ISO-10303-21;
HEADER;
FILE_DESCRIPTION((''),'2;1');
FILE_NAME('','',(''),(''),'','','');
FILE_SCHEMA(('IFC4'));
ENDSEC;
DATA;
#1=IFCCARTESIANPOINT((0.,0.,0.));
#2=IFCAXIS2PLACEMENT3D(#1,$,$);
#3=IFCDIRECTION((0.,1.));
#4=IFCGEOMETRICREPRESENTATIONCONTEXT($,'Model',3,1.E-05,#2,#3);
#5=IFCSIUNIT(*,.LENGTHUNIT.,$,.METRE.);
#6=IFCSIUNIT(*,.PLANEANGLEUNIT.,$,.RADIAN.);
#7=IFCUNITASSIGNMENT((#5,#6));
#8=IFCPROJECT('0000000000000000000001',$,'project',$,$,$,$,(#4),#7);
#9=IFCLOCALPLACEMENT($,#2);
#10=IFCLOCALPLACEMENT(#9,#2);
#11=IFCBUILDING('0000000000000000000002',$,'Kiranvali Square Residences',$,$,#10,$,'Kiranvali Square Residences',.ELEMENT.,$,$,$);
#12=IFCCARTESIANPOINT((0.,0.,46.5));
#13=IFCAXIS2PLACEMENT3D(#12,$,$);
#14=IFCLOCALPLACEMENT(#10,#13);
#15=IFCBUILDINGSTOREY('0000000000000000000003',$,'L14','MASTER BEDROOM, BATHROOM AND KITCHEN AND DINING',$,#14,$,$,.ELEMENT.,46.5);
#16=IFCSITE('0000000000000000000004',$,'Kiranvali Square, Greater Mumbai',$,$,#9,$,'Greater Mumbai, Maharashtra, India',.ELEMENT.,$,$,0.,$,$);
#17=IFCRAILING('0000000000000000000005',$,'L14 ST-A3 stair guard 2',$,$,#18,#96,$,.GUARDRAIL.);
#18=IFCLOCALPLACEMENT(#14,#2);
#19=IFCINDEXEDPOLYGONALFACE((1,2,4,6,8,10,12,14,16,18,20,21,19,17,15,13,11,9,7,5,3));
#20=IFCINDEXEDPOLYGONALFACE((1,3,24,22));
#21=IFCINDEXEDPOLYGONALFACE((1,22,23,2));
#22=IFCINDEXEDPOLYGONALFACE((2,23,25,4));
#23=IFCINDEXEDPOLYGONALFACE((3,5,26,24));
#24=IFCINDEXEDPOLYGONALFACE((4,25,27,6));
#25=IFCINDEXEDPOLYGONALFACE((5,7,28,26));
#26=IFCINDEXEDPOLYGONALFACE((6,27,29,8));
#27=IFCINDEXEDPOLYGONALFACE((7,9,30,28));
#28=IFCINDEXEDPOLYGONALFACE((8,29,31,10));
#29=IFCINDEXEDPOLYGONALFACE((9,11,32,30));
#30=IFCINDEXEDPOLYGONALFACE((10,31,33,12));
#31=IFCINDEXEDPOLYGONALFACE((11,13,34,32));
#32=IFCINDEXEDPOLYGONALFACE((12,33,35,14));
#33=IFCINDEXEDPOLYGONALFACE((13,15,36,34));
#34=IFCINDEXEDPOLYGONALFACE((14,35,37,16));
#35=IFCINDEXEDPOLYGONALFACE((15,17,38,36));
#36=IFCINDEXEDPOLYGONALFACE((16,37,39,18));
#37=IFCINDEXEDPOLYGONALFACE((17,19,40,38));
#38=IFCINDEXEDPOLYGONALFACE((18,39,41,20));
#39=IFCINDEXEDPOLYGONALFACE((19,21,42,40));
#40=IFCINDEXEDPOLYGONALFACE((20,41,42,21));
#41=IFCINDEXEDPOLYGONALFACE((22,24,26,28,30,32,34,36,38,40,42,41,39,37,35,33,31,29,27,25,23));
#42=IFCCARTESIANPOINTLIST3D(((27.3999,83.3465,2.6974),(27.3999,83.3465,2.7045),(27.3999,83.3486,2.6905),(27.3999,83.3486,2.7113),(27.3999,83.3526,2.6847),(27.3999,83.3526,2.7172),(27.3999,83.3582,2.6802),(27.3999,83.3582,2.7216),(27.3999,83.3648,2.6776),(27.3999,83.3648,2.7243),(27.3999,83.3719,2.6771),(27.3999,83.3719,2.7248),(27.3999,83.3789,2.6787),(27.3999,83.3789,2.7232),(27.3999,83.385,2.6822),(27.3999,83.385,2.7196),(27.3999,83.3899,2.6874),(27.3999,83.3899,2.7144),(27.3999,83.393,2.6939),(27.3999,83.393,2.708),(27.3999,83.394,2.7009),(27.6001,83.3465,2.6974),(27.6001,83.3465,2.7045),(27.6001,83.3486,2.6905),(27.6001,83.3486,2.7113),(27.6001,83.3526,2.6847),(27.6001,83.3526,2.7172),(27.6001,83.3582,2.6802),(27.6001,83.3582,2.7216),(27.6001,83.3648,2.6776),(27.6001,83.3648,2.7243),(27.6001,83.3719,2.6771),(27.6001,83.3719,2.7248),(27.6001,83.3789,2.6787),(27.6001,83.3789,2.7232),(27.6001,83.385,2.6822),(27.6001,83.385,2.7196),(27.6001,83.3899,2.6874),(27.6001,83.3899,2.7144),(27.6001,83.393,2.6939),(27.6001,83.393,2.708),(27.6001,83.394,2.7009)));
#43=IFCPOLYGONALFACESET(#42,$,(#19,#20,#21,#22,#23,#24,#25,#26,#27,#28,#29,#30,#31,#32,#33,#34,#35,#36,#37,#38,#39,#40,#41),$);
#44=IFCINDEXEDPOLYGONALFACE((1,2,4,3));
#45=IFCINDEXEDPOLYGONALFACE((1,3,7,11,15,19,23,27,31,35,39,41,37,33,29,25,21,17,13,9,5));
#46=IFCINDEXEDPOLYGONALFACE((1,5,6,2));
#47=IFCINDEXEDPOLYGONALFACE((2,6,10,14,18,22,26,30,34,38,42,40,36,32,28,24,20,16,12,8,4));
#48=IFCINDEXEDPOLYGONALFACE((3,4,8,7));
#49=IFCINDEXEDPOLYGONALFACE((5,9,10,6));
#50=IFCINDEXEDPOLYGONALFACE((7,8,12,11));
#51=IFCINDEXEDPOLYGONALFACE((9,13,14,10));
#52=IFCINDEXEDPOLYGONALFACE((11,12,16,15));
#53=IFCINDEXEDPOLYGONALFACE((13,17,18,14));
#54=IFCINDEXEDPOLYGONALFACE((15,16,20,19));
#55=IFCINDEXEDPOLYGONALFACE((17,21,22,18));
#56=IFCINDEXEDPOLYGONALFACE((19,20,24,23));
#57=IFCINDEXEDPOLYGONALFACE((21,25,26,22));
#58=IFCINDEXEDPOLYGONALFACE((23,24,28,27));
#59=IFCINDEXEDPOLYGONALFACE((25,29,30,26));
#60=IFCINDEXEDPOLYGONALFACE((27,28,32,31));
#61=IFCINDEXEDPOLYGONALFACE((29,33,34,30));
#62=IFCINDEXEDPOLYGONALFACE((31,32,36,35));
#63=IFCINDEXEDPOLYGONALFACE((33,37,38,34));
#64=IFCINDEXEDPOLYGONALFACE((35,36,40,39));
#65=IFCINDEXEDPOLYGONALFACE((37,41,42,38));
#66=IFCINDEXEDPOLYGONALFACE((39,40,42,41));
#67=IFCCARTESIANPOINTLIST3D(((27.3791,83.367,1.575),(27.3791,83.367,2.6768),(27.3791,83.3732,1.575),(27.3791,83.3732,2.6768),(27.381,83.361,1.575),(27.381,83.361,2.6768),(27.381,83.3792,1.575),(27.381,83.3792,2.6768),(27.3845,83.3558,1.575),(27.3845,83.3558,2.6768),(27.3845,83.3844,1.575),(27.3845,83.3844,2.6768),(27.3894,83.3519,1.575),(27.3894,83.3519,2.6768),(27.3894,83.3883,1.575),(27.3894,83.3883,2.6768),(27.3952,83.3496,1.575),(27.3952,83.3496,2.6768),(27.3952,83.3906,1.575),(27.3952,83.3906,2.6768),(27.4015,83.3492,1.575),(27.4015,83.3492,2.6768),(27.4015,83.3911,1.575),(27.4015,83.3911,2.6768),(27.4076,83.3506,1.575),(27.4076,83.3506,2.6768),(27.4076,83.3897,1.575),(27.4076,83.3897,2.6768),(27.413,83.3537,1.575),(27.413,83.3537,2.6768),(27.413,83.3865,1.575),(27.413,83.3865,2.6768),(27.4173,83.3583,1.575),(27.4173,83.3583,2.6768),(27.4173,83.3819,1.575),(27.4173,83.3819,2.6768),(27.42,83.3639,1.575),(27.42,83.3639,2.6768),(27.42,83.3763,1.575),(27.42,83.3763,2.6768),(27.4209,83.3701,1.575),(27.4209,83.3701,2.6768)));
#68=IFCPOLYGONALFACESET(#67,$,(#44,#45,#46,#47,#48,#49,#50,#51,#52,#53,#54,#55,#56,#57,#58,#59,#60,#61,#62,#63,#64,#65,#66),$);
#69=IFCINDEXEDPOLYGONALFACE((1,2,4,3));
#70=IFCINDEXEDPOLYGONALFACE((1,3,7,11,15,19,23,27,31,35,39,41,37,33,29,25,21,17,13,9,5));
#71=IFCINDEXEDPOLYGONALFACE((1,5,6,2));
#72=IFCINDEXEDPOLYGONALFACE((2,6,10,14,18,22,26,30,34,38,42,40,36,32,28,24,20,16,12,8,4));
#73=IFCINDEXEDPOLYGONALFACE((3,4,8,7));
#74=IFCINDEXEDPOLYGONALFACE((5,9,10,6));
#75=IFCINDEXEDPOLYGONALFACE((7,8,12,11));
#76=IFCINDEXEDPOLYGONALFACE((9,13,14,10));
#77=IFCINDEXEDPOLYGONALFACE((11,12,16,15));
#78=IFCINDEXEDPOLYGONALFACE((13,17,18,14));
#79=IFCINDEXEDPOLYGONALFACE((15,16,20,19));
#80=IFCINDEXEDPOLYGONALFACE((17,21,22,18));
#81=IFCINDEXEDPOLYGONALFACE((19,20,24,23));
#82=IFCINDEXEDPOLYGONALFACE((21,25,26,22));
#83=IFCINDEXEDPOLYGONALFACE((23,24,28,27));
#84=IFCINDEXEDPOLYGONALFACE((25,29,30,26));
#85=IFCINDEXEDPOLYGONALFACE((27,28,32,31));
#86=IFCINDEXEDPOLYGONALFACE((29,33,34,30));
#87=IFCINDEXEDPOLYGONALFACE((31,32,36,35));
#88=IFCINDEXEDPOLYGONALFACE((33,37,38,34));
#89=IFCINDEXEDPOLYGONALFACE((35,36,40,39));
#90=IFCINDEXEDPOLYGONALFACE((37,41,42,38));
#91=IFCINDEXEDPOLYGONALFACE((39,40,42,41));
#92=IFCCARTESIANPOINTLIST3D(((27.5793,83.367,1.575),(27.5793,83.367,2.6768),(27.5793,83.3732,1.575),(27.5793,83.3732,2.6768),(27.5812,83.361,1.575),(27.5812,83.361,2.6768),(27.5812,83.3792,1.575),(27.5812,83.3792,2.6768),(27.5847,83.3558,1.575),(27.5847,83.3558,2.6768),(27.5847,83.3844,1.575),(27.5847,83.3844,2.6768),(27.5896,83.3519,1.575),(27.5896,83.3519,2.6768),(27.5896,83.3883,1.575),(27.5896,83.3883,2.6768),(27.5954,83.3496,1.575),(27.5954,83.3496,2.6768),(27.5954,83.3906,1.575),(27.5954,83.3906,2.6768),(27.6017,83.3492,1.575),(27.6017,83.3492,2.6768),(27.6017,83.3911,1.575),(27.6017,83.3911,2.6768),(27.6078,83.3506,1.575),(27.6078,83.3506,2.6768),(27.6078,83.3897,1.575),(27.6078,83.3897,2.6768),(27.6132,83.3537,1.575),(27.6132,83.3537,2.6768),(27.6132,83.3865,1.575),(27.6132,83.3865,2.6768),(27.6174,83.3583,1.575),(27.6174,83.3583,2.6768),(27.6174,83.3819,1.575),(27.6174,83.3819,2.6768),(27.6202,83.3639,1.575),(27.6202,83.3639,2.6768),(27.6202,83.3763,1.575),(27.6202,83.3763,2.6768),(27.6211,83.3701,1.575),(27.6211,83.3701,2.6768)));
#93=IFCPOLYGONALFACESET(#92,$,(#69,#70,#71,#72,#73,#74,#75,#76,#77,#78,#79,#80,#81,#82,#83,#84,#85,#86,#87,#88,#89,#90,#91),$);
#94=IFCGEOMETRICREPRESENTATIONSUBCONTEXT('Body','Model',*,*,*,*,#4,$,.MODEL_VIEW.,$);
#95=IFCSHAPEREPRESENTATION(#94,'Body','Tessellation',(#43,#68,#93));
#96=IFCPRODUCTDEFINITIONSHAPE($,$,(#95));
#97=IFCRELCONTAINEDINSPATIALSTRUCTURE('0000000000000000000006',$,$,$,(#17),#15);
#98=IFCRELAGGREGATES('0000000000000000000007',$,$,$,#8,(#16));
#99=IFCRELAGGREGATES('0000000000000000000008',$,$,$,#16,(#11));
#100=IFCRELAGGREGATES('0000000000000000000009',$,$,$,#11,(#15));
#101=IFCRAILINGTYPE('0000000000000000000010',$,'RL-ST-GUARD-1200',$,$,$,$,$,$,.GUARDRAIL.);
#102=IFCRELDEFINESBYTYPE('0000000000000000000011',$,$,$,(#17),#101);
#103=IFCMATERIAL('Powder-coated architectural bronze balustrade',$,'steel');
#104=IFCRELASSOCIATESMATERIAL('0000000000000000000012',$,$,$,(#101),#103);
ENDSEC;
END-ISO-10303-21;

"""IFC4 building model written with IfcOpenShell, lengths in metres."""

from ifc_helpers import new_model, si_unit, direction, frame, origin, origin_2d, place, context, subcontext, project, spatial, circle, extrude, material, type_object, element, save


model = new_model("IFC4")

# Units and contexts
model_context = context("Model", 3, precision=1e-05, world=origin(), true_north=direction((0.0, 1.0)))
body_context = subcontext(model_context, "Body", "Model", "MODEL_VIEW")
ifc_project = project(units=[si_unit("LENGTHUNIT", "METRE"), si_unit("PLANEANGLEUNIT", "RADIAN")], contexts=[model_context])

# Site, building, storey
site_placement = place(None, origin())
site = spatial("IfcSite", under=ifc_project, at=site_placement, Name="Kiranvali Square, Greater Mumbai", LongName="Greater Mumbai, Maharashtra, India", CompositionType="ELEMENT", RefElevation=0.0)
building_placement = place(site_placement, origin())
building = spatial("IfcBuilding", under=site, at=building_placement, Name="Kiranvali Square Residences", LongName="Kiranvali Square Residences", CompositionType="ELEMENT")
storey_placement = place(building_placement, frame((0.0, 0.0, 46.5)))
storey = spatial("IfcBuildingStorey", under=building, at=storey_placement, Name="L14", Description="MASTER BEDROOM, BATHROOM AND KITCHEN AND DINING", CompositionType="ELEMENT", Elevation=46.5)

# Railing
ifc_material_1 = material(Name="Powder-coated architectural bronze balustrade", Category="steel")
railing_type_1 = type_object("IfcRailingType", Name="RL-ST-GUARD-1200", PredefinedType="GUARDRAIL", material=ifc_material_1)
railing_1_placement = place(storey_placement, frame((27.3999, 83.3701, 1.575)))
element("IfcRailing", 1, at=railing_1_placement, inside=storey, type_object=railing_type_1, Name="L14 ST-A3 stair guard 2", PredefinedType="GUARDRAIL", context=body_context, shape_type="SweptSolid", body=[
    extrude(circle(Radius=0.0239, at=origin_2d()), frame((0.0, 0.0, 1.126), z_axis=(1.0, 0.0, 0.0), x_axis=(0.0, 1.0, 0.0)), (0.0, 0.0, 1.0), 0.2002),
    extrude(circle(Radius=0.021, at=origin_2d()), origin(), (0.0, 0.0, 1.0), 1.1018),
    extrude(circle(Radius=0.021, at=origin_2d()), frame((0.2002, 0.0, 0.0)), (0.0, 0.0, 1.0), 1.1018),
])

save(model, "model.ifc")
